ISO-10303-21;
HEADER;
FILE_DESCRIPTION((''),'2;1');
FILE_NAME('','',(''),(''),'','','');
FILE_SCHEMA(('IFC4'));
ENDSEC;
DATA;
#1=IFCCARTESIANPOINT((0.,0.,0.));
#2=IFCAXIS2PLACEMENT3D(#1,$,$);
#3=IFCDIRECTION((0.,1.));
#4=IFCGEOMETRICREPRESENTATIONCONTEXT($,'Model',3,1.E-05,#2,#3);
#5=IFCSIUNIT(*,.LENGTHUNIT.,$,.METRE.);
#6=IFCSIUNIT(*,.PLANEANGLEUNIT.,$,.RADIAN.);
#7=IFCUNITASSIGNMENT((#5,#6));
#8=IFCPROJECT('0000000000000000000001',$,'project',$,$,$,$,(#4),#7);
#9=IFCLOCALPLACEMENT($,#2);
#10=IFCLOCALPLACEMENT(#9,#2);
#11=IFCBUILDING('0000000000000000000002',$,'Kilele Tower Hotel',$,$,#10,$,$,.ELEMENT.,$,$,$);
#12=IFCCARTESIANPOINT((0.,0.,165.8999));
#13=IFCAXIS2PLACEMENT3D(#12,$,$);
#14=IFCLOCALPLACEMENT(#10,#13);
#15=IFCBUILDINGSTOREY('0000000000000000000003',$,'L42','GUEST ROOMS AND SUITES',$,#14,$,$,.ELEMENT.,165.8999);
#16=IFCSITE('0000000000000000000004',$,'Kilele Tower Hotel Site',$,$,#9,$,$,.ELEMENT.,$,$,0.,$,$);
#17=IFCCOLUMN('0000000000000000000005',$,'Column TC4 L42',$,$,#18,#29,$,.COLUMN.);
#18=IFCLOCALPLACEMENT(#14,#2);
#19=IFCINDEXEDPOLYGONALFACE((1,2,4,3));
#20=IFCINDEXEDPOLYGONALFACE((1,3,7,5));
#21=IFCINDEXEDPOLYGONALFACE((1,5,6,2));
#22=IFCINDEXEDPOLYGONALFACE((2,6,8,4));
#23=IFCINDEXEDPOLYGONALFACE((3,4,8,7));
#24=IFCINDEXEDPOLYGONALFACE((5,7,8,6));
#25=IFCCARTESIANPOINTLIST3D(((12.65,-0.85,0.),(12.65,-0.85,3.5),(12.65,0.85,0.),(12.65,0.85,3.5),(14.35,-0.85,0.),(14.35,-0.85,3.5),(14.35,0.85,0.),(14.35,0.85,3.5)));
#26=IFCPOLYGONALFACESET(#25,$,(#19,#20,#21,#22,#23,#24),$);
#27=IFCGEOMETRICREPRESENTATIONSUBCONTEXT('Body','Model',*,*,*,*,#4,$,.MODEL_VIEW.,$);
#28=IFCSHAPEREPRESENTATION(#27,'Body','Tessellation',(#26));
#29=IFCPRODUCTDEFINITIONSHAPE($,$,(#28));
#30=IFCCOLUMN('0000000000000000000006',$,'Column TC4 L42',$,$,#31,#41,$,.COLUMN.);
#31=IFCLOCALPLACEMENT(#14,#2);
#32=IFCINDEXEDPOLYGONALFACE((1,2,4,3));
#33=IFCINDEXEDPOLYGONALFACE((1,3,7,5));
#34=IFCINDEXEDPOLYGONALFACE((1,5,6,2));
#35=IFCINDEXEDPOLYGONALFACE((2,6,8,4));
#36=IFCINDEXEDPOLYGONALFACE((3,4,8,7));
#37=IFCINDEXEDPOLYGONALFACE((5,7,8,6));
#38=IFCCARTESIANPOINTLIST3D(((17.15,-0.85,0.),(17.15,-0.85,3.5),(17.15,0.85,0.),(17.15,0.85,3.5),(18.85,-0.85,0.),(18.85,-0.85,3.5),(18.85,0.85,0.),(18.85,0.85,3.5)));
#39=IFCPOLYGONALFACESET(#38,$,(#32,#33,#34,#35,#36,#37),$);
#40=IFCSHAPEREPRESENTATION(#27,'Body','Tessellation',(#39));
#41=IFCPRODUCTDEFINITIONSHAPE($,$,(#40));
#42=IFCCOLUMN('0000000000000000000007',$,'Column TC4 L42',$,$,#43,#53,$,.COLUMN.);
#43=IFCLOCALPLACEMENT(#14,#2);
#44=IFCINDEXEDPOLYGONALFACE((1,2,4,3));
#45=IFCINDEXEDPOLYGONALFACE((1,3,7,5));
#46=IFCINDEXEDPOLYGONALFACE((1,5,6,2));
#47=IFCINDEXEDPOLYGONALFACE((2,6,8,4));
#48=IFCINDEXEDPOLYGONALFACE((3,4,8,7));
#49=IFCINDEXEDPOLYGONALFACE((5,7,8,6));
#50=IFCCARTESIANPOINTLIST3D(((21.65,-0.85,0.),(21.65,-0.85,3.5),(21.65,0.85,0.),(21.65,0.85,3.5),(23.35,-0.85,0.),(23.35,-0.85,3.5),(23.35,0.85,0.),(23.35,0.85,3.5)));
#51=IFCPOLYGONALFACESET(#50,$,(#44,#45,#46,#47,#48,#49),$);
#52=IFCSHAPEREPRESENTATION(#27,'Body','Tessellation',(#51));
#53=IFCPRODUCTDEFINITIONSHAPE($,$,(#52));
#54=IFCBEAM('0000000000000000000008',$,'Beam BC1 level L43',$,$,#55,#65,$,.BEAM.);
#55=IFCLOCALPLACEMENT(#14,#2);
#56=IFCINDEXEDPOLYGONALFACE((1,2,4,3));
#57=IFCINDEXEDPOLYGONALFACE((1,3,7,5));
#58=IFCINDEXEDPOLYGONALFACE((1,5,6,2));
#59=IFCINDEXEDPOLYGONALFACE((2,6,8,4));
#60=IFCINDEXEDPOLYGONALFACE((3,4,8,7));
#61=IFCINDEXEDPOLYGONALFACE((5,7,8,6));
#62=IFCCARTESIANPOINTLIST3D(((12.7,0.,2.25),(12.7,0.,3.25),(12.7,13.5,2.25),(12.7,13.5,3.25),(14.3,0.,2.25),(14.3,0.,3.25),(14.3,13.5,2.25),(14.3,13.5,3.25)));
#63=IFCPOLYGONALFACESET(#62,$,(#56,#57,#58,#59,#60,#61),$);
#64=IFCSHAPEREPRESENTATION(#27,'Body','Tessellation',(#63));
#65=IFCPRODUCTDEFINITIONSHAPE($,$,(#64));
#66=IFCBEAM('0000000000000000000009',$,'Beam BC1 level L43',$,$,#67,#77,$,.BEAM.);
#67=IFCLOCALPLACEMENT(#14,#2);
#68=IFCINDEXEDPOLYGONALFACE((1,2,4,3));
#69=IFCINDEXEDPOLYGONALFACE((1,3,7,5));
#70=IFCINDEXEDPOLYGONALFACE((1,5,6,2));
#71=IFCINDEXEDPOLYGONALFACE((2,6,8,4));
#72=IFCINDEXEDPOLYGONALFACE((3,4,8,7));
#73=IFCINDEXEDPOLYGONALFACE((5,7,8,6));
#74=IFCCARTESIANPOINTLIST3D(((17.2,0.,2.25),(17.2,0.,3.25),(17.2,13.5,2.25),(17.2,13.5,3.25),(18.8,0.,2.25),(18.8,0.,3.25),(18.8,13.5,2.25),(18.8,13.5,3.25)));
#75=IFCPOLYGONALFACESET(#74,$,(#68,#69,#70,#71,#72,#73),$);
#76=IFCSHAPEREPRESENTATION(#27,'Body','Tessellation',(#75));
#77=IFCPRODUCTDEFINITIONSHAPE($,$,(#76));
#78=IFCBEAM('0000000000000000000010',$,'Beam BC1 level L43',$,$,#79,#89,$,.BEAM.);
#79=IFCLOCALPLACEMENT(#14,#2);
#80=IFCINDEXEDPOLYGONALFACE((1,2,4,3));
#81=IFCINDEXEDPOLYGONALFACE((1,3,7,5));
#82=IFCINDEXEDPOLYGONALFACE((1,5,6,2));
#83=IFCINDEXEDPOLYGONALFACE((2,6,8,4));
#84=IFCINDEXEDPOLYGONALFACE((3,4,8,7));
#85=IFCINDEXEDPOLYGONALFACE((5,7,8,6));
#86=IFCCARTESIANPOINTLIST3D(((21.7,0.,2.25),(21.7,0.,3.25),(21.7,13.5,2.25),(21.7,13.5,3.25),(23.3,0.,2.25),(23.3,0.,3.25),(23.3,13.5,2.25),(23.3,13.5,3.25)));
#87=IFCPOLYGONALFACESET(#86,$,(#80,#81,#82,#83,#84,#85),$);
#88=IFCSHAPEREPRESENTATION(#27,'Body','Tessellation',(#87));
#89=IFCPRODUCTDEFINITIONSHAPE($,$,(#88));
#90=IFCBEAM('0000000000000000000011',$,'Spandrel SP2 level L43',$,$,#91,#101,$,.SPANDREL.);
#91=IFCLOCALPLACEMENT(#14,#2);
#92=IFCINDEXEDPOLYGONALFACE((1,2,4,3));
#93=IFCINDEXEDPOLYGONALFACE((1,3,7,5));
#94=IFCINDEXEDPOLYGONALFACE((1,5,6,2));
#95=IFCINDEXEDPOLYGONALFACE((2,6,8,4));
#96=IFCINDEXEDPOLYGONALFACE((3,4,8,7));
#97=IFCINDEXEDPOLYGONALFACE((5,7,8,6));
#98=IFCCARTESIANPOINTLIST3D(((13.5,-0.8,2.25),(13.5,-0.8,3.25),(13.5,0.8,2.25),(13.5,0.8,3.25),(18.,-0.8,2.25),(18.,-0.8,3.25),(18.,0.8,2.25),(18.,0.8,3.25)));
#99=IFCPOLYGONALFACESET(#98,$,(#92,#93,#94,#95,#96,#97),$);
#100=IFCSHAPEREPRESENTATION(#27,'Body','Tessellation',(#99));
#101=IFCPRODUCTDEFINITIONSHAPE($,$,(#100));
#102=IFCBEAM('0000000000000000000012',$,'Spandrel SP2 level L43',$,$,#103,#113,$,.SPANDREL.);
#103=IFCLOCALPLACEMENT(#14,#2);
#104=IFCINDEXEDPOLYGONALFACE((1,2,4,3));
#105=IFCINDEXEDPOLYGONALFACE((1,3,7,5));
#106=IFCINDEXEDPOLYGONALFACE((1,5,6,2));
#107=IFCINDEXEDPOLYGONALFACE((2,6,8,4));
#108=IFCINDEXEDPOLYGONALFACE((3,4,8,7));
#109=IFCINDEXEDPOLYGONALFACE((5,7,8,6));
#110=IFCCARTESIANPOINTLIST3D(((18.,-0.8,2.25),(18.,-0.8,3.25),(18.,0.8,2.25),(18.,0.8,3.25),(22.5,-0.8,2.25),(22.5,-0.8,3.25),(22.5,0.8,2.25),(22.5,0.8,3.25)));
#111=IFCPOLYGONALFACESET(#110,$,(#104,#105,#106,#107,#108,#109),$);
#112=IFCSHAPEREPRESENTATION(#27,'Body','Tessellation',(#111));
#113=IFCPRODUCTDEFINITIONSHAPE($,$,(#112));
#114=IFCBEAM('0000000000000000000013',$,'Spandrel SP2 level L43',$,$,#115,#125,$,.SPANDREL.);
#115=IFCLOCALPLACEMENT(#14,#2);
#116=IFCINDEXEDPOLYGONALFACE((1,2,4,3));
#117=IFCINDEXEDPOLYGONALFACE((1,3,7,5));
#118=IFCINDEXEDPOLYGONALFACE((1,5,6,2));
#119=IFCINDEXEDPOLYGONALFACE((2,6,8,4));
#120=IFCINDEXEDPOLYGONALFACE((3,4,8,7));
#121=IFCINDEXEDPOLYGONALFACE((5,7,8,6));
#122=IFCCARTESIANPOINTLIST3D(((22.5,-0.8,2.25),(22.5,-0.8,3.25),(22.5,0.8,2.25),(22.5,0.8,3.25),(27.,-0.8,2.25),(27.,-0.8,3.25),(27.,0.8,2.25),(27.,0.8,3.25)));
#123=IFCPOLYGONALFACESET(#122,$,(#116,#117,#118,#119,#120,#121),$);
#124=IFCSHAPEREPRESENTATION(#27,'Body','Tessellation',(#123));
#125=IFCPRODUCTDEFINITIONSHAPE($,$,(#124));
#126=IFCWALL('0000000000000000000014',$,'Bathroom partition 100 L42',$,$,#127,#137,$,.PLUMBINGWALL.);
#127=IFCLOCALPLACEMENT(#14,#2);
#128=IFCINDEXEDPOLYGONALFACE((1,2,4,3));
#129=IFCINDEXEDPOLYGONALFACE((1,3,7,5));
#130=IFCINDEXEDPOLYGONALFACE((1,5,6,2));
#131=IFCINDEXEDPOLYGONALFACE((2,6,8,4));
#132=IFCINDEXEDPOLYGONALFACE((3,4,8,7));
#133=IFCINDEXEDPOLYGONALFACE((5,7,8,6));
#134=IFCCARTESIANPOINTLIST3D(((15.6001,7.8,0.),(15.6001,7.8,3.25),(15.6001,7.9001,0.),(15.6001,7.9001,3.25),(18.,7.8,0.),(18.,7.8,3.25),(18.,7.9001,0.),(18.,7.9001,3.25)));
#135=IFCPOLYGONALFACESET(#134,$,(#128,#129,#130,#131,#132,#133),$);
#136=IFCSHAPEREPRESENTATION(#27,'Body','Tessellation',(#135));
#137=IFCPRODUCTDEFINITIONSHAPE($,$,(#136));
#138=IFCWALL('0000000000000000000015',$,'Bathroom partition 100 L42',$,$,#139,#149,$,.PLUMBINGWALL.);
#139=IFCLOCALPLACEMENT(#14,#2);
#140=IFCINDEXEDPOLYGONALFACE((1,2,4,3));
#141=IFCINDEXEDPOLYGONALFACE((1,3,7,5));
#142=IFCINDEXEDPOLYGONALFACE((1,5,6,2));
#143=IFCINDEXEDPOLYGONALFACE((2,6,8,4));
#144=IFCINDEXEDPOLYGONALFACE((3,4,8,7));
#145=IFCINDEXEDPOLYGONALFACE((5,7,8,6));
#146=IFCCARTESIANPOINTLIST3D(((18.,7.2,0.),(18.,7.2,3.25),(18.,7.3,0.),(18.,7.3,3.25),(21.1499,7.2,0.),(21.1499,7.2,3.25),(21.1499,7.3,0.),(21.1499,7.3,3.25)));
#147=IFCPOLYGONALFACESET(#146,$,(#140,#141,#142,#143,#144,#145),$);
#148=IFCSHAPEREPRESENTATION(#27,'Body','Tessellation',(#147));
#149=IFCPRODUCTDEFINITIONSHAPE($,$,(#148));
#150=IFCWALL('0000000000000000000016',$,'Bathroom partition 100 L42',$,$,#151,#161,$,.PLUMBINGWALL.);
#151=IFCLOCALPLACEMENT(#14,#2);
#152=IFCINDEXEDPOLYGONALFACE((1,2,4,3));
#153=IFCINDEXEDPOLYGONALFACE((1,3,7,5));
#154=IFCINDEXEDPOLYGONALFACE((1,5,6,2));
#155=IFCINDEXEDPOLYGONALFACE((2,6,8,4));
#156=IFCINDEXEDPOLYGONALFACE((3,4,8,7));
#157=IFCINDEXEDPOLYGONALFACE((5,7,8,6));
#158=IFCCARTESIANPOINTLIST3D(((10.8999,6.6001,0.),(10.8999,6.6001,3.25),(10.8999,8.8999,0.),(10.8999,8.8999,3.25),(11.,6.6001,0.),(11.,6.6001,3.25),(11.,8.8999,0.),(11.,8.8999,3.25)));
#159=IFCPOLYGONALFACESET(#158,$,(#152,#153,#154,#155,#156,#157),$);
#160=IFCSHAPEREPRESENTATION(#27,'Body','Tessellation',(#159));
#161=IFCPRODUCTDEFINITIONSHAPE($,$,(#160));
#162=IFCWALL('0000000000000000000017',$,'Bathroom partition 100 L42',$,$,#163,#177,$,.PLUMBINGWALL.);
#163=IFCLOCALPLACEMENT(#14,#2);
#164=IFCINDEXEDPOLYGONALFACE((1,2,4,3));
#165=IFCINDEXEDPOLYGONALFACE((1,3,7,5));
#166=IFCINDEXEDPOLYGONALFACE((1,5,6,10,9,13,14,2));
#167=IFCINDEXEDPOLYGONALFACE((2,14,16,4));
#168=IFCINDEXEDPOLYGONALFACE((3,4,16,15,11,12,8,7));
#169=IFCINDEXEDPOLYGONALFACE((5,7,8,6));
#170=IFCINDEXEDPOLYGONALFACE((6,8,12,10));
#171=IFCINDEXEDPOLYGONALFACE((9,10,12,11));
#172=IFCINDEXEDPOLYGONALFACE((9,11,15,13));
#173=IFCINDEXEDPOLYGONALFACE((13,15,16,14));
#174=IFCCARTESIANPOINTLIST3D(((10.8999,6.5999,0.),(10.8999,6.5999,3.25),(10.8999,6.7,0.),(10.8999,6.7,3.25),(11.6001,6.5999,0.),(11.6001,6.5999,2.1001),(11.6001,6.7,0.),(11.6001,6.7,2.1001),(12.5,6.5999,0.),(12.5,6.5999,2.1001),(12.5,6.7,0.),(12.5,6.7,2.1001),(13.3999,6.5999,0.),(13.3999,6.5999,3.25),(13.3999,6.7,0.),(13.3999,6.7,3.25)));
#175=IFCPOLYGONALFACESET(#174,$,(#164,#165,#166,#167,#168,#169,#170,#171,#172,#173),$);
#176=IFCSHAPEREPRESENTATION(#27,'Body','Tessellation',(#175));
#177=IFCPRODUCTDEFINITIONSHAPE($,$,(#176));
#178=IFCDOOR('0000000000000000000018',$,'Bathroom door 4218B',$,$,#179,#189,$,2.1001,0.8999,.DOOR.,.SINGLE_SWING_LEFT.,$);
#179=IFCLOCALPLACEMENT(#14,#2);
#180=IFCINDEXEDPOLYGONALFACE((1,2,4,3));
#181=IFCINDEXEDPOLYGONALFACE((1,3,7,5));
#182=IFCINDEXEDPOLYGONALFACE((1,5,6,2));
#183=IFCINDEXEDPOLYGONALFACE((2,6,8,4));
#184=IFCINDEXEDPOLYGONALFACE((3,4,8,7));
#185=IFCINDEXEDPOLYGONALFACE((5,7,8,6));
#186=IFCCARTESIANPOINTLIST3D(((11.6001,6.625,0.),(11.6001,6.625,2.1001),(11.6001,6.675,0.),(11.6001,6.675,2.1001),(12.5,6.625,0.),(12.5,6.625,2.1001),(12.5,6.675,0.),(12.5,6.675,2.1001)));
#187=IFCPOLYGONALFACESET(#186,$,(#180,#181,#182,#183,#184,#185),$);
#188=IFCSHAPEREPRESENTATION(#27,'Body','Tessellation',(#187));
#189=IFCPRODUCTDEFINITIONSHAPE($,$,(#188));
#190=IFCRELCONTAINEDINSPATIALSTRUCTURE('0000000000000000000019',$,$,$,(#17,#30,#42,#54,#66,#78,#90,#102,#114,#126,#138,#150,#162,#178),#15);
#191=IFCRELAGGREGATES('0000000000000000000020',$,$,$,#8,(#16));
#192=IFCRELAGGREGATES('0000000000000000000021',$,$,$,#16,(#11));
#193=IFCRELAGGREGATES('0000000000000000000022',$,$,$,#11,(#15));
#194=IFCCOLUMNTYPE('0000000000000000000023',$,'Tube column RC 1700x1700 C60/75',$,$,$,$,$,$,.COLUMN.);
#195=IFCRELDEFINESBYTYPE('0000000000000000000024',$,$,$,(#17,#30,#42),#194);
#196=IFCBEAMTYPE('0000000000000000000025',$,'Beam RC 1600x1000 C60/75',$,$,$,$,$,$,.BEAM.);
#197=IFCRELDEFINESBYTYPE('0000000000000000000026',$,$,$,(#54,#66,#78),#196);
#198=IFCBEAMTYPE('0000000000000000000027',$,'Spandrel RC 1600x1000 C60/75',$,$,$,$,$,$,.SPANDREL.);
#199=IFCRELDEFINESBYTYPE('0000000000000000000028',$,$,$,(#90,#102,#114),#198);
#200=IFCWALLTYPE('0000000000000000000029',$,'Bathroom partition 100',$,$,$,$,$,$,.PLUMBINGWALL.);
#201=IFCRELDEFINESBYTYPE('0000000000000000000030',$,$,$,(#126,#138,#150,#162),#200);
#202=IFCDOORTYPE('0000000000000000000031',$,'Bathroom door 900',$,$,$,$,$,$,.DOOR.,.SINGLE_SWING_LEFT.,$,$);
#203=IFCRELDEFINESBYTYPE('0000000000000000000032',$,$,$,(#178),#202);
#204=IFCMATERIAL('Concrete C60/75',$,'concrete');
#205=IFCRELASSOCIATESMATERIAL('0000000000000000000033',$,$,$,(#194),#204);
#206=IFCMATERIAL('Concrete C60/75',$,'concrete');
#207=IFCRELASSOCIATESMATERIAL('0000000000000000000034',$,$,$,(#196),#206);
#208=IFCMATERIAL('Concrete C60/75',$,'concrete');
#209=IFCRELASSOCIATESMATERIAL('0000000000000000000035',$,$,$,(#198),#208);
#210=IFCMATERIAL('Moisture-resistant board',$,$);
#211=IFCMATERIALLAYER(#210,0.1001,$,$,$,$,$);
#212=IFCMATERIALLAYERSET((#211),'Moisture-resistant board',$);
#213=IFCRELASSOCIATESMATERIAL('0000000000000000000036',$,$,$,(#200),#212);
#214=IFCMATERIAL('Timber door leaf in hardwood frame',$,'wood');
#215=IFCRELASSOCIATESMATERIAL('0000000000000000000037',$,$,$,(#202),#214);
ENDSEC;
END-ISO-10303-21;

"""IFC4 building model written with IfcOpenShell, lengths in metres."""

from ifc_helpers import new_model, si_unit, direction, frame, frame_2d, origin, origin_2d, place, context, subcontext, project, spatial, rectangle, extrude, material, layer, layer_set, material_profile, profile_set, type_object, element, fill, save


model = new_model("IFC4")

# Units and contexts
model_context = context("Model", 3, precision=1e-05, world=origin(), true_north=direction((0.0, 1.0)))
body_context = subcontext(model_context, "Body", "Model", "MODEL_VIEW")
ifc_project = project(units=[si_unit("LENGTHUNIT", "METRE"), si_unit("PLANEANGLEUNIT", "RADIAN")], contexts=[model_context])

# Site, building, storey
site_placement = place(None, origin())
site = spatial("IfcSite", under=ifc_project, at=site_placement, Name="Kilele Tower Hotel Site", CompositionType="ELEMENT", RefElevation=0.0)
building_placement = place(site_placement, origin())
building = spatial("IfcBuilding", under=site, at=building_placement, Name="Kilele Tower Hotel", CompositionType="ELEMENT")
storey_placement = place(building_placement, frame((0.0, 0.0, 165.8999)))
storey = spatial("IfcBuildingStorey", under=building, at=storey_placement, Name="L42", Description="GUEST ROOMS AND SUITES", CompositionType="ELEMENT", Elevation=165.8999)

# Columns
ifc_material_1 = material(Name="Concrete C60/75", Category="concrete")
ifc_material_profile_1 = material_profile(ifc_material_1, rectangle(XDim=1.7, YDim=1.7, at=origin_2d()))
ifc_profile_set_1 = profile_set([ifc_material_profile_1], Name="Concrete C60/75")
column_type = type_object("IfcColumnType", Name="Tube column RC 1700x1700 C60/75", PredefinedType="COLUMN", material=ifc_profile_set_1)
for number, where, z_axis, x_axis, name in (
    (1, (13.5, 0.0, 0.0), (0.0, 0.0, 1.0), (1.0, 0.0, 0.0), "Column TC4 L42"),
    (2, (18.0, 0.0, 0.0), (0.0, 0.0, 1.0), (1.0, 0.0, 0.0), "Column TC4 L42"),
    (3, (22.5, 0.0, 0.0), (0.0, 0.0, 1.0), (1.0, 0.0, 0.0), "Column TC4 L42"),
):
    element("IfcColumn", number, at=place(storey_placement, frame(where, z_axis=z_axis, x_axis=x_axis)), inside=storey, type_object=column_type, Name=name, PredefinedType="COLUMN", context=body_context, shape_type="SweptSolid", body=[
        extrude(rectangle(XDim=1.7, YDim=1.7, at=origin_2d()), origin(), (0.0, 0.0, 1.0), 3.5),
    ])

# Beams
ifc_material_2 = material(Name="Concrete C60/75", Category="concrete")
ifc_material_profile_2 = material_profile(ifc_material_2, rectangle(XDim=1.6001, YDim=1.0, at=origin_2d()))
ifc_profile_set_2 = profile_set([ifc_material_profile_2], Name="Concrete C60/75")
beam_type_1 = type_object("IfcBeamType", Name="Beam RC 1600x1000 C60/75", PredefinedType="BEAM", material=ifc_profile_set_2)
for number, where, z_axis, x_axis, name in (
    (4, (13.5, 0.0, 2.75), (0.0, 1.0, 0.0), (-1.0, 0.0, 0.0), "Beam BC1 level L43"),
    (5, (18.0, 0.0, 2.75), (0.0, 1.0, 0.0), (-1.0, 0.0, 0.0), "Beam BC1 level L43"),
    (6, (22.5, 0.0, 2.75), (0.0, 1.0, 0.0), (-1.0, 0.0, 0.0), "Beam BC1 level L43"),
):
    element("IfcBeam", number, at=place(storey_placement, frame(where, z_axis=z_axis, x_axis=x_axis)), inside=storey, type_object=beam_type_1, Name=name, PredefinedType="BEAM", context=body_context, shape_type="SweptSolid", body=[
        extrude(rectangle(XDim=1.6001, YDim=1.0, at=origin_2d()), origin(), (0.0, 0.0, 1.0), 13.5),
    ])
ifc_material_3 = material(Name="Concrete C60/75", Category="concrete")
ifc_material_profile_3 = material_profile(ifc_material_3, rectangle(XDim=1.6001, YDim=1.0, at=origin_2d()))
ifc_profile_set_3 = profile_set([ifc_material_profile_3], Name="Concrete C60/75")
beam_type_2 = type_object("IfcBeamType", Name="Spandrel RC 1600x1000 C60/75", PredefinedType="SPANDREL", material=ifc_profile_set_3)
for number, where, z_axis, x_axis, name in (
    (7, (13.5, 0.0, 2.75), (1.0, 0.0, 0.0), (0.0, 1.0, 0.0), "Spandrel SP2 level L43"),
    (8, (18.0, 0.0, 2.75), (1.0, 0.0, 0.0), (0.0, 1.0, 0.0), "Spandrel SP2 level L43"),
    (9, (22.5, 0.0, 2.75), (1.0, 0.0, 0.0), (0.0, 1.0, 0.0), "Spandrel SP2 level L43"),
):
    element("IfcBeam", number, at=place(storey_placement, frame(where, z_axis=z_axis, x_axis=x_axis)), inside=storey, type_object=beam_type_2, Name=name, PredefinedType="SPANDREL", context=body_context, shape_type="SweptSolid", body=[
        extrude(rectangle(XDim=1.6001, YDim=1.0, at=origin_2d()), origin(), (0.0, 0.0, 1.0), 4.5),
    ])

# Walls
ifc_material_4 = material(Name="Moisture-resistant board")
ifc_layer_1 = layer(ifc_material_4, 0.1001)
ifc_layer_set_1 = layer_set([ifc_layer_1], Name="Moisture-resistant board")
wall_type_1 = type_object("IfcWallType", Name="Bathroom partition 100", PredefinedType="PLUMBINGWALL", material=ifc_layer_set_1)
wall_1_placement = place(storey_placement, frame((15.6001, 7.8501, 0.0), z_axis=(0.0, 0.0, 1.0), x_axis=(1.0, 0.0, 0.0)))
element("IfcWall", 10, at=wall_1_placement, inside=storey, type_object=wall_type_1, Name="Bathroom partition 100 L42", PredefinedType="PLUMBINGWALL", context=body_context, shape_type="SweptSolid", body=[
    extrude(rectangle(XDim=2.3999, YDim=0.1001, at=frame_2d((1.2, 0.0))), origin(), (0.0, 0.0, 1.0), 3.25),
])
wall_2_placement = place(storey_placement, frame((18.0, 7.25, 0.0), z_axis=(0.0, 0.0, 1.0), x_axis=(1.0, 0.0, 0.0)))
element("IfcWall", 11, at=wall_2_placement, inside=storey, type_object=wall_type_1, Name="Bathroom partition 100 L42", PredefinedType="PLUMBINGWALL", context=body_context, shape_type="SweptSolid", body=[
    extrude(rectangle(XDim=3.1499, YDim=0.1001, at=frame_2d((1.575, 0.0))), origin(), (0.0, 0.0, 1.0), 3.25),
])
wall_3_placement = place(storey_placement, frame((10.95, 8.8999, 0.0), z_axis=(0.0, 0.0, 1.0), x_axis=(0.0, -1.0, 0.0)))
element("IfcWall", 12, at=wall_3_placement, inside=storey, type_object=wall_type_1, Name="Bathroom partition 100 L42", PredefinedType="PLUMBINGWALL", context=body_context, shape_type="SweptSolid", body=[
    extrude(rectangle(XDim=2.2998, YDim=0.1001, at=frame_2d((1.1499, 0.0))), origin(), (0.0, 0.0, 1.0), 3.25),
])

# Wall, opening, door
wall_4_placement = place(storey_placement, frame((13.3999, 6.6499, 0.0), z_axis=(0.0, 0.0, 1.0), x_axis=(-1.0, 0.0, 0.0)))
wall_4 = element("IfcWall", 13, at=wall_4_placement, inside=storey, type_object=wall_type_1, Name="Bathroom partition 100 L42", PredefinedType="PLUMBINGWALL", context=body_context, shape_type="SweptSolid", body=[
    extrude(rectangle(XDim=2.5, YDim=0.1001, at=frame_2d((1.25, 0.0))), origin(), (0.0, 0.0, 1.0), 3.25),
])
opening_1_placement = place(wall_4_placement, frame((0.8999, 0.0, 0.0)))
opening_1 = element("IfcOpeningElement", 14, at=opening_1_placement, cuts=wall_4, PredefinedType="OPENING", context=body_context, shape_type="SweptSolid", body=[
    extrude(rectangle(XDim=0.8999, YDim=2.1001, at=frame_2d((0.45, 1.05))), frame((0.0, 0.0601, 0.0), z_axis=(0.0, -1.0, 0.0), x_axis=(1.0, 0.0, 0.0)), (0.0, 0.0, 1.0), 0.1201),
])
ifc_material_5 = material(Name="Timber door leaf in hardwood frame", Category="wood")
door_type_1 = type_object("IfcDoorType", Name="Bathroom door 900", OperationType="SINGLE_SWING_LEFT", PredefinedType="DOOR", material=ifc_material_5)
door_1_placement = place(opening_1_placement, origin())
door_1 = element("IfcDoor", 15, at=door_1_placement, inside=storey, type_object=door_type_1, Name="Bathroom door 4218B", OperationType="SINGLE_SWING_LEFT", OverallHeight=2.1001, OverallWidth=0.8999, PredefinedType="DOOR", context=body_context, shape_type="SweptSolid", body=[
    extrude(rectangle(XDim=0.8999, YDim=2.1001, at=frame_2d((0.45, 1.05))), frame((0.0, 0.0249, 0.0), z_axis=(0.0, -1.0, 0.0), x_axis=(1.0, 0.0, 0.0)), (0.0, 0.0, 1.0), 0.05),
])
fill(opening_1, door_1)

save(model, "model.ifc")
